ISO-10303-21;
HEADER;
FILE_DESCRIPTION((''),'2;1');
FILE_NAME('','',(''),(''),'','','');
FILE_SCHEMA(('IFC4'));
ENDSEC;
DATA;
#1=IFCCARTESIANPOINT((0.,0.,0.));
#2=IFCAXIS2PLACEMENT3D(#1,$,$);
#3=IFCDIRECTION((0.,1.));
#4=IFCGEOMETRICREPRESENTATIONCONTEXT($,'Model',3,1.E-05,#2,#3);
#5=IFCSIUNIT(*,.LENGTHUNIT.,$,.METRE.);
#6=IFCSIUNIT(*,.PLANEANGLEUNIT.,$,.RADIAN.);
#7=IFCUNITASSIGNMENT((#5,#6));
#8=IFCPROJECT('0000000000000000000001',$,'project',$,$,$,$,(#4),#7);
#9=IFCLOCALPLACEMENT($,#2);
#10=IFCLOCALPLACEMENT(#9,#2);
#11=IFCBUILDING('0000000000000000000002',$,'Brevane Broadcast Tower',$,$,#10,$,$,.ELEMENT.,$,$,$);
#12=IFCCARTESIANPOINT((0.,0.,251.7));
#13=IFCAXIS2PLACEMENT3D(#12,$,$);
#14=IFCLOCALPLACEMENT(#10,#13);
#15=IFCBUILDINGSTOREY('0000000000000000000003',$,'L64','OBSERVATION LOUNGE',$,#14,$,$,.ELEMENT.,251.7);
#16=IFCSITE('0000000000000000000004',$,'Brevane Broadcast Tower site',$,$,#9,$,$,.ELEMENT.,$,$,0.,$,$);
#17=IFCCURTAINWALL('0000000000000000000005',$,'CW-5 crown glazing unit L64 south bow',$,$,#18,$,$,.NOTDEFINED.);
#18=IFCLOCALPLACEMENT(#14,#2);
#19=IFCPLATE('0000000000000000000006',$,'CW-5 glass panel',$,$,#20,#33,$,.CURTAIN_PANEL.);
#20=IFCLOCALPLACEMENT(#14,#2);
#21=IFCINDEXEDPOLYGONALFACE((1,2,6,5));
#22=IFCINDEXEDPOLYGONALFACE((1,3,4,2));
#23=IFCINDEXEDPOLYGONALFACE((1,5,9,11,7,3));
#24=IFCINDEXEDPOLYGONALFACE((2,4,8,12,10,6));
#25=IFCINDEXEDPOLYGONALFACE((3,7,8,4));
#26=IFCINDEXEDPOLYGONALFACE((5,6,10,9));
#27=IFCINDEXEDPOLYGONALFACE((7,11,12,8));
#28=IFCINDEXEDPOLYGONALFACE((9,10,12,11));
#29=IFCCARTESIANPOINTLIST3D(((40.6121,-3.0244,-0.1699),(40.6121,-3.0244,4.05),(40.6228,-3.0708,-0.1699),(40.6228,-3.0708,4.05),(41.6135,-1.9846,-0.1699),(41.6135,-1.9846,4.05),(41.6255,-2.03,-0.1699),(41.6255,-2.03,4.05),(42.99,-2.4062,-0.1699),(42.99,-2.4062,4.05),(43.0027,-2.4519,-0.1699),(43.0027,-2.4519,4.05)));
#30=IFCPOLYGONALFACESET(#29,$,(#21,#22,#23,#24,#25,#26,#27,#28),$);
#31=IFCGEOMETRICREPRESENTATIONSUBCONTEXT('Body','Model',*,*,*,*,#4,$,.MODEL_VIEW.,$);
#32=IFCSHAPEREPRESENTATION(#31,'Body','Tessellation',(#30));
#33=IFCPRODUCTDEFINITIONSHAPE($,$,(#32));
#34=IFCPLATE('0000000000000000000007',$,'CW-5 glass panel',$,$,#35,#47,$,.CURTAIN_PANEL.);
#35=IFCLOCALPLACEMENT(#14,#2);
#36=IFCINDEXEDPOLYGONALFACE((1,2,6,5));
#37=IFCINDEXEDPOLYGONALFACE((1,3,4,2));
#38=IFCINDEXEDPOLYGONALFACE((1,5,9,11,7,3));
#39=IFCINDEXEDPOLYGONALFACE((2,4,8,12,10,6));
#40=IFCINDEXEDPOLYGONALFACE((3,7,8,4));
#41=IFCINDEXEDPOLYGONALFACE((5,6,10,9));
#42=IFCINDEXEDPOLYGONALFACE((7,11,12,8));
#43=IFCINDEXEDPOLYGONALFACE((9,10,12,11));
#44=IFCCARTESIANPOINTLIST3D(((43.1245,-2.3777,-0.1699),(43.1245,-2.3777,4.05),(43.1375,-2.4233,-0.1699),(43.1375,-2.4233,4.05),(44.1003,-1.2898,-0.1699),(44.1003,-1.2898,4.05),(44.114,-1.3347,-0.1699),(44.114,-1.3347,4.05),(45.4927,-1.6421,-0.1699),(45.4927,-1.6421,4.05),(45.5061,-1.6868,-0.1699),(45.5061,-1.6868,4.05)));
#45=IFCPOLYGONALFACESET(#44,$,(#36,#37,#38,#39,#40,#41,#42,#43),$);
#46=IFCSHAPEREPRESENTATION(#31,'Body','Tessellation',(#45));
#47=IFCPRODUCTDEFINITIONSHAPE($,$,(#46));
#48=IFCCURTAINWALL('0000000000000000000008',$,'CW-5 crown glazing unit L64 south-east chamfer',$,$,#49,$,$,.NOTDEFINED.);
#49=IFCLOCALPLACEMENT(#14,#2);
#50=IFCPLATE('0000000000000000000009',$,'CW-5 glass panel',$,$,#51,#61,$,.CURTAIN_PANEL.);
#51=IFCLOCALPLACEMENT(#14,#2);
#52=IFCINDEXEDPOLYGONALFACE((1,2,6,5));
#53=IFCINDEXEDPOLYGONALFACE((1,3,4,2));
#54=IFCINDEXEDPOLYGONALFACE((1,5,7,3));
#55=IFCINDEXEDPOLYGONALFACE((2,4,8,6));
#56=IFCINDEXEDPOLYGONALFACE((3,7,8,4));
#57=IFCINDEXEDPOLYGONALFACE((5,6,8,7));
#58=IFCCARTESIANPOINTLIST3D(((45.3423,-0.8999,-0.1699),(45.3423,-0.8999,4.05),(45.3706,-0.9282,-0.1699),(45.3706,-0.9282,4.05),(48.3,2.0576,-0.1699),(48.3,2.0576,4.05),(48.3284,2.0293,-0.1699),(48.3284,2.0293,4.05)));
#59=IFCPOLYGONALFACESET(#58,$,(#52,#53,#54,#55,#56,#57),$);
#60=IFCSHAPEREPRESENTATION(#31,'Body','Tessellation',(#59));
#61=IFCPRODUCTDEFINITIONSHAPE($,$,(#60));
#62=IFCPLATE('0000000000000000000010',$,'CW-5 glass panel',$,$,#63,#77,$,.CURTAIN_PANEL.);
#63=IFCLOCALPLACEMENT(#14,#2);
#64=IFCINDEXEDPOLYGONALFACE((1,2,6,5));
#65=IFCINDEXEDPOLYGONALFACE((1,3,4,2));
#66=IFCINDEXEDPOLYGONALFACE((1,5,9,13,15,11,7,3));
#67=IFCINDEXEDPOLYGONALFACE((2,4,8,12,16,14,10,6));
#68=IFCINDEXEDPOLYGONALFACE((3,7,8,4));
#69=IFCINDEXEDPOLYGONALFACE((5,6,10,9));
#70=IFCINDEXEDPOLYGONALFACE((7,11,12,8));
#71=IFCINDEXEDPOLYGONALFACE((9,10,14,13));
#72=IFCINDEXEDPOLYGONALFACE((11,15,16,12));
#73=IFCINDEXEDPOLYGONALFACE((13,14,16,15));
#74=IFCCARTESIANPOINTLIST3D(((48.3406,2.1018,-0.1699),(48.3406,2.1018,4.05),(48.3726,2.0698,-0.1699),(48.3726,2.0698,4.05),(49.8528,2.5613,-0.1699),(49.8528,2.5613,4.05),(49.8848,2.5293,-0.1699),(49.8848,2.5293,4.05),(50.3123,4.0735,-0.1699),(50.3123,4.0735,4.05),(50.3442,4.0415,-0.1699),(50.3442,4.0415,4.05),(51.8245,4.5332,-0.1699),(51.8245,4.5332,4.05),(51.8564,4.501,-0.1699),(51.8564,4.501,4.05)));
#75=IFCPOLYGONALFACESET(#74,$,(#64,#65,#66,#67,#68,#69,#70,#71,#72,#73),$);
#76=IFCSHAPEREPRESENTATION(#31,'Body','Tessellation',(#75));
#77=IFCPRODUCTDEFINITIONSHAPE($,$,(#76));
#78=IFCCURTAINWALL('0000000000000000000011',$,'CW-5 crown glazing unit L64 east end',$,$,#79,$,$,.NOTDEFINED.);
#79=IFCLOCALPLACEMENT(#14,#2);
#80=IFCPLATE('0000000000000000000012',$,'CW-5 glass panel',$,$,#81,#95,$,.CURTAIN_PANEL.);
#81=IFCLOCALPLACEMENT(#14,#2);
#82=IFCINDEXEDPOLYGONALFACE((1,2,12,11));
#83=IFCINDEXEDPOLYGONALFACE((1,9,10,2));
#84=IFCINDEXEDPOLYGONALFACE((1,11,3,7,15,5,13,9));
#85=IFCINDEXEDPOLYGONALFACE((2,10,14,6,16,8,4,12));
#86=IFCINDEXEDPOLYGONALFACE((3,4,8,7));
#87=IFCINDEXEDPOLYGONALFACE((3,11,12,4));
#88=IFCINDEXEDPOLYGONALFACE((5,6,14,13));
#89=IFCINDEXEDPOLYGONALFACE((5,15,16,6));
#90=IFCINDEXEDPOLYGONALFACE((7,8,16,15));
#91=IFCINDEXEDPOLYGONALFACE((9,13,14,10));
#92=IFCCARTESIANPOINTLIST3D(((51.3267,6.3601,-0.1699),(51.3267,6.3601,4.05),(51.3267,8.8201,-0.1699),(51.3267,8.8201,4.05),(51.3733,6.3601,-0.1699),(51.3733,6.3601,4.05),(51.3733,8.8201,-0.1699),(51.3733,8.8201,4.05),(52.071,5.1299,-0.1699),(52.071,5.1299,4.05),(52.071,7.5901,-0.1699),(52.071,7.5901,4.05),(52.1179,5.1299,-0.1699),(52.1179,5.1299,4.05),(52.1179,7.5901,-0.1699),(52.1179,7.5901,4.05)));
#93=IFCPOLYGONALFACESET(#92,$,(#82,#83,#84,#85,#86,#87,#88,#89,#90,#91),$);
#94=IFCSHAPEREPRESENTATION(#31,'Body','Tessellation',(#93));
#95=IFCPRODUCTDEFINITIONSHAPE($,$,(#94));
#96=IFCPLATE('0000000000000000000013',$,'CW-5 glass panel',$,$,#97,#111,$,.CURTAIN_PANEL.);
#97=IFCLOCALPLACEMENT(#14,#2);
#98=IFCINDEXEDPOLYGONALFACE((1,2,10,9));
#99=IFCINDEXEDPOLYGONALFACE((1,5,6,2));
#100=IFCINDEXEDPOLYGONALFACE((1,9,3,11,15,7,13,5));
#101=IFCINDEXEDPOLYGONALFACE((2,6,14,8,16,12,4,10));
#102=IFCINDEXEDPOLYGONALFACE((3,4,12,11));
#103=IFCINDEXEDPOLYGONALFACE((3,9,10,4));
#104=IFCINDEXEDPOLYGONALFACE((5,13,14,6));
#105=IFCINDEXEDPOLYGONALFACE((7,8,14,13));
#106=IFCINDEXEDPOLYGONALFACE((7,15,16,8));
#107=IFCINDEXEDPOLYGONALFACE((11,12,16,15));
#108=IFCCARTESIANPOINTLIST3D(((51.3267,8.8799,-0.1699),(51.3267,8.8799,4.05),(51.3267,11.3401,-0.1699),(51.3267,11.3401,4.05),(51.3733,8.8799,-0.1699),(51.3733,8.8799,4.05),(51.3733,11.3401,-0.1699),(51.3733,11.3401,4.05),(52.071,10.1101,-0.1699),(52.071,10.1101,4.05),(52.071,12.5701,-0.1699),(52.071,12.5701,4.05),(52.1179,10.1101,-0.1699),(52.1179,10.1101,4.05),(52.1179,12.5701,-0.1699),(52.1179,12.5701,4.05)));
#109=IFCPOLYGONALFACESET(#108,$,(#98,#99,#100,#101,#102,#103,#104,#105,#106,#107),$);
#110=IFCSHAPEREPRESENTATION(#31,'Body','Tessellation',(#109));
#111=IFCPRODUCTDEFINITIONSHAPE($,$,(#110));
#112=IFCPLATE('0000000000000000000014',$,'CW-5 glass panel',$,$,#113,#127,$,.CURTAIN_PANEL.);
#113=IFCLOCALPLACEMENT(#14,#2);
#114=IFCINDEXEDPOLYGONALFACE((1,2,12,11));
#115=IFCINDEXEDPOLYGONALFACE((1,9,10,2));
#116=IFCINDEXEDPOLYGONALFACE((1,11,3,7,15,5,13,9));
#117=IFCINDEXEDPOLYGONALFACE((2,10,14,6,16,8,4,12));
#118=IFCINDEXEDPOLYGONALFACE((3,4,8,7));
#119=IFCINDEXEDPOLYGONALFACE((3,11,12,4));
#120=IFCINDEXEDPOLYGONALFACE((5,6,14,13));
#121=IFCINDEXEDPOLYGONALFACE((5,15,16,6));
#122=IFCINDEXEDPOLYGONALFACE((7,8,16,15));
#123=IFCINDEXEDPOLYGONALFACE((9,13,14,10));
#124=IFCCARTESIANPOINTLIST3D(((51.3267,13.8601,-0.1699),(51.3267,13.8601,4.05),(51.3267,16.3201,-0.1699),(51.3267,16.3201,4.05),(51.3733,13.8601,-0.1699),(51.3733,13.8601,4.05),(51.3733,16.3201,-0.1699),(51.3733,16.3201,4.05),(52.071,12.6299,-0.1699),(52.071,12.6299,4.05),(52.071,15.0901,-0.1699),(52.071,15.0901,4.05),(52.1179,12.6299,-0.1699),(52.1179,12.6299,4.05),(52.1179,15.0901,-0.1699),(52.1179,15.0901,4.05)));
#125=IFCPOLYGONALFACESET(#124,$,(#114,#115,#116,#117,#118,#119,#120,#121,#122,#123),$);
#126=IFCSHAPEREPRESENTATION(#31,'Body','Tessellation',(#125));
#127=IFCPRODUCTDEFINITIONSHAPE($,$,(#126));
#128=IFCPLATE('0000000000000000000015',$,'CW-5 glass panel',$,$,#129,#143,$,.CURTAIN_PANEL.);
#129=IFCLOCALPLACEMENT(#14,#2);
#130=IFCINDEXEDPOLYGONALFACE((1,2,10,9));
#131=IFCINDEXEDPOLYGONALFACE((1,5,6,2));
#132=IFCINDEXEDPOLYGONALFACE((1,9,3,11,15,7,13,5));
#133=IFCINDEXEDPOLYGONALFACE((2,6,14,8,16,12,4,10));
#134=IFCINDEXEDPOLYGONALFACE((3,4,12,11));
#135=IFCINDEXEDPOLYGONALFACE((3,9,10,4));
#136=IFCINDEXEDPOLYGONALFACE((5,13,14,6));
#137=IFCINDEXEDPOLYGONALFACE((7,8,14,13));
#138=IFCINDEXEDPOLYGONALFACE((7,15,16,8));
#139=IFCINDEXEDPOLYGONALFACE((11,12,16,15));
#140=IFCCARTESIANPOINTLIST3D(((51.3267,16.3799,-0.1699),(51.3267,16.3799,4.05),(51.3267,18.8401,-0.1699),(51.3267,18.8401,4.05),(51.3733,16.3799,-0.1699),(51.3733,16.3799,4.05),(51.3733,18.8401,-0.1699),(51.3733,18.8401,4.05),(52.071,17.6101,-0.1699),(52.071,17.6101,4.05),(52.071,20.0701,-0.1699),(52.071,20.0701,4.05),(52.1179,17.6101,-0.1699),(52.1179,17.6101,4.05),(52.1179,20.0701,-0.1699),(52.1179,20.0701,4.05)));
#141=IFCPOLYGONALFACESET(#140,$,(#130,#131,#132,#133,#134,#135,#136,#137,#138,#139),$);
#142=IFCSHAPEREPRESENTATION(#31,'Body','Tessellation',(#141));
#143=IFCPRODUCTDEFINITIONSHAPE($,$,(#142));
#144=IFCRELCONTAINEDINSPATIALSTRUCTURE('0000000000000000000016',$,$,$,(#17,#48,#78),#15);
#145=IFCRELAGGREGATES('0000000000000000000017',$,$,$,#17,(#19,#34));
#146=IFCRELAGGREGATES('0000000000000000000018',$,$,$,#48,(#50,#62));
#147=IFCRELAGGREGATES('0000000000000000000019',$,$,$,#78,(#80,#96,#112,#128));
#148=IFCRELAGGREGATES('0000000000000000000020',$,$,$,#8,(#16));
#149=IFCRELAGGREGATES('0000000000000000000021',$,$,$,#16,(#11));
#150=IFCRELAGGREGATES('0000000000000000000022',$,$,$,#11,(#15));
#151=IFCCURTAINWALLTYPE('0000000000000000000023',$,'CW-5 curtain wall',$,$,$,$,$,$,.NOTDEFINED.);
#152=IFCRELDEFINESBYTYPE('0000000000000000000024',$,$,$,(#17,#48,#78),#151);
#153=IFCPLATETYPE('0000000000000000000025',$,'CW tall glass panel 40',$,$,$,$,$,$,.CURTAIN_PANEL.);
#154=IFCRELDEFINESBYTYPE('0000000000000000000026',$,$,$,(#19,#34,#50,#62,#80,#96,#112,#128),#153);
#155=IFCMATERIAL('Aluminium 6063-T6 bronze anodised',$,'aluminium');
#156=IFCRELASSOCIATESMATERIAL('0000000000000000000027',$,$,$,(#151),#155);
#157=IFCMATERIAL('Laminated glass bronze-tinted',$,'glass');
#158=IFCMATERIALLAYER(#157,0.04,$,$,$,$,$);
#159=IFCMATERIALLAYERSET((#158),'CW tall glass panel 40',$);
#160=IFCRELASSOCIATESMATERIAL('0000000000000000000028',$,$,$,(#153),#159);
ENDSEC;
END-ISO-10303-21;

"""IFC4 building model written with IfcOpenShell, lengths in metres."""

from ifc_helpers import new_model, si_unit, direction, frame, origin, place, context, subcontext, project, spatial, polyline, outline, extrude, material, layer, layer_set, type_object, element, aggregate, save


model = new_model("IFC4")

# Units and contexts
model_context = context("Model", 3, precision=1e-05, world=origin(), true_north=direction((0.0, 1.0)))
body_context = subcontext(model_context, "Body", "Model", "MODEL_VIEW")
ifc_project = project(units=[si_unit("LENGTHUNIT", "METRE"), si_unit("PLANEANGLEUNIT", "RADIAN")], contexts=[model_context])

# Site, building, storey
site_placement = place(None, origin())
site = spatial("IfcSite", under=ifc_project, at=site_placement, Name="Brevane Broadcast Tower site", CompositionType="ELEMENT", RefElevation=0.0)
building_placement = place(site_placement, origin())
building = spatial("IfcBuilding", under=site, at=building_placement, Name="Brevane Broadcast Tower", CompositionType="ELEMENT")
storey_placement = place(building_placement, frame((0.0, 0.0, 251.7)))
storey = spatial("IfcBuildingStorey", under=building, at=storey_placement, Name="L64", Description="OBSERVATION LOUNGE", CompositionType="ELEMENT", Elevation=251.7)

# Curtain walls, plates
ifc_material_1 = material(Name="Aluminium 6063-T6 bronze anodised", Category="aluminium")
curtain_wall_type = type_object("IfcCurtainWallType", Name="CW-5 curtain wall", PredefinedType="NOTDEFINED", material=ifc_material_1)
curtain_wall_1_placement = place(storey_placement, origin())
curtain_wall_1 = element("IfcCurtainWall", 1, at=curtain_wall_1_placement, inside=storey, type_object=curtain_wall_type, Name="CW-5 crown glazing unit L64 south bow", PredefinedType="NOTDEFINED")
ifc_material_2 = material(Name="Laminated glass bronze-tinted", Category="glass")
ifc_layer = layer(ifc_material_2, 0.04)
ifc_layer_set = layer_set([ifc_layer], Name="CW tall glass panel 40")
plate_type = type_object("IfcPlateType", Name="CW tall glass panel 40", PredefinedType="CURTAIN_PANEL", material=ifc_layer_set)
plate_1_placement = place(storey_placement, frame((0.0, 0.0, -0.1699)))
plate_1 = element("IfcPlate", 2, at=plate_1_placement, type_object=plate_type, Name="CW-5 glass panel", PredefinedType="CURTAIN_PANEL", context=body_context, shape_type="SweptSolid", body=[
    extrude(outline(polyline([(40.6121, -3.0244), (40.6228, -3.0708), (41.6255, -2.03), (43.0027, -2.4519), (42.99, -2.4062), (41.6135, -1.9846), (40.6121, -3.0244)])), origin(), (0.0, 0.0, 1.0), 4.22),
])
plate_2_placement = place(storey_placement, frame((0.0, 0.0, -0.1699)))
plate_2 = element("IfcPlate", 3, at=plate_2_placement, type_object=plate_type, Name="CW-5 glass panel", PredefinedType="CURTAIN_PANEL", context=body_context, shape_type="SweptSolid", body=[
    extrude(outline(polyline([(43.1245, -2.3777), (43.1375, -2.4233), (44.114, -1.3347), (45.5061, -1.6868), (45.4927, -1.6421), (44.1003, -1.2898), (43.1245, -2.3777)])), origin(), (0.0, 0.0, 1.0), 4.22),
])
aggregate(curtain_wall_1, [plate_1, plate_2])
curtain_wall_2_placement = place(storey_placement, origin())
curtain_wall_2 = element("IfcCurtainWall", 4, at=curtain_wall_2_placement, inside=storey, type_object=curtain_wall_type, Name="CW-5 crown glazing unit L64 south-east chamfer", PredefinedType="NOTDEFINED")
plate_3_placement = place(storey_placement, frame((0.0, 0.0, -0.1699)))
plate_3 = element("IfcPlate", 5, at=plate_3_placement, type_object=plate_type, Name="CW-5 glass panel", PredefinedType="CURTAIN_PANEL", context=body_context, shape_type="SweptSolid", body=[
    extrude(outline(polyline([(45.3423, -0.8999), (48.3, 2.0576), (48.3284, 2.0293), (45.3706, -0.9282), (45.3423, -0.8999)])), origin(), (0.0, 0.0, 1.0), 4.22),
])
plate_4_placement = place(storey_placement, frame((0.0, 0.0, -0.1699)))
plate_4 = element("IfcPlate", 6, at=plate_4_placement, type_object=plate_type, Name="CW-5 glass panel", PredefinedType="CURTAIN_PANEL", context=body_context, shape_type="SweptSolid", body=[
    extrude(outline(polyline([(48.3406, 2.1018), (48.3726, 2.0698), (49.8848, 2.5293), (50.3442, 4.0415), (51.8564, 4.501), (51.8245, 4.5332), (50.3123, 4.0735), (49.8528, 2.5613), (48.3406, 2.1018)])), origin(), (0.0, 0.0, 1.0), 4.22),
])
aggregate(curtain_wall_2, [plate_3, plate_4])
curtain_wall_3_placement = place(storey_placement, origin())
curtain_wall_3 = element("IfcCurtainWall", 7, at=curtain_wall_3_placement, inside=storey, type_object=curtain_wall_type, Name="CW-5 crown glazing unit L64 east end", PredefinedType="NOTDEFINED")
plate_5_placement = place(storey_placement, frame((0.0, 0.0, -0.1699)))
plate_5 = element("IfcPlate", 8, at=plate_5_placement, type_object=plate_type, Name="CW-5 glass panel", PredefinedType="CURTAIN_PANEL", context=body_context, shape_type="SweptSolid", body=[
    extrude(outline(polyline([(52.071, 5.1299), (52.1179, 5.1299), (51.3733, 6.3601), (52.1179, 7.5901), (51.3733, 8.8201), (51.3267, 8.8201), (52.071, 7.5901), (51.3267, 6.3601), (52.071, 5.1299)])), origin(), (0.0, 0.0, 1.0), 4.22),
])
plate_6_placement = place(storey_placement, frame((0.0, 0.0, -0.1699)))
plate_6 = element("IfcPlate", 9, at=plate_6_placement, type_object=plate_type, Name="CW-5 glass panel", PredefinedType="CURTAIN_PANEL", context=body_context, shape_type="SweptSolid", body=[
    extrude(outline(polyline([(51.3267, 8.8799), (51.3733, 8.8799), (52.1179, 10.1101), (51.3733, 11.3401), (52.1179, 12.5701), (52.071, 12.5701), (51.3267, 11.3401), (52.071, 10.1101), (51.3267, 8.8799)])), origin(), (0.0, 0.0, 1.0), 4.22),
])
plate_7_placement = place(storey_placement, frame((0.0, 0.0, -0.1699)))
plate_7 = element("IfcPlate", 10, at=plate_7_placement, type_object=plate_type, Name="CW-5 glass panel", PredefinedType="CURTAIN_PANEL", context=body_context, shape_type="SweptSolid", body=[
    extrude(outline(polyline([(52.071, 12.6299), (52.1179, 12.6299), (51.3733, 13.8601), (52.1179, 15.0901), (51.3733, 16.3201), (51.3267, 16.3201), (52.071, 15.0901), (51.3267, 13.8601), (52.071, 12.6299)])), origin(), (0.0, 0.0, 1.0), 4.22),
])
plate_8_placement = place(storey_placement, frame((0.0, 0.0, -0.1699)))
plate_8 = element("IfcPlate", 11, at=plate_8_placement, type_object=plate_type, Name="CW-5 glass panel", PredefinedType="CURTAIN_PANEL", context=body_context, shape_type="SweptSolid", body=[
    extrude(outline(polyline([(51.3267, 16.3799), (51.3733, 16.3799), (52.1179, 17.6101), (51.3733, 18.8401), (52.1179, 20.0701), (52.071, 20.0701), (51.3267, 18.8401), (52.071, 17.6101), (51.3267, 16.3799)])), origin(), (0.0, 0.0, 1.0), 4.22),
])
aggregate(curtain_wall_3, [plate_5, plate_6, plate_7, plate_8])

save(model, "model.ifc")
